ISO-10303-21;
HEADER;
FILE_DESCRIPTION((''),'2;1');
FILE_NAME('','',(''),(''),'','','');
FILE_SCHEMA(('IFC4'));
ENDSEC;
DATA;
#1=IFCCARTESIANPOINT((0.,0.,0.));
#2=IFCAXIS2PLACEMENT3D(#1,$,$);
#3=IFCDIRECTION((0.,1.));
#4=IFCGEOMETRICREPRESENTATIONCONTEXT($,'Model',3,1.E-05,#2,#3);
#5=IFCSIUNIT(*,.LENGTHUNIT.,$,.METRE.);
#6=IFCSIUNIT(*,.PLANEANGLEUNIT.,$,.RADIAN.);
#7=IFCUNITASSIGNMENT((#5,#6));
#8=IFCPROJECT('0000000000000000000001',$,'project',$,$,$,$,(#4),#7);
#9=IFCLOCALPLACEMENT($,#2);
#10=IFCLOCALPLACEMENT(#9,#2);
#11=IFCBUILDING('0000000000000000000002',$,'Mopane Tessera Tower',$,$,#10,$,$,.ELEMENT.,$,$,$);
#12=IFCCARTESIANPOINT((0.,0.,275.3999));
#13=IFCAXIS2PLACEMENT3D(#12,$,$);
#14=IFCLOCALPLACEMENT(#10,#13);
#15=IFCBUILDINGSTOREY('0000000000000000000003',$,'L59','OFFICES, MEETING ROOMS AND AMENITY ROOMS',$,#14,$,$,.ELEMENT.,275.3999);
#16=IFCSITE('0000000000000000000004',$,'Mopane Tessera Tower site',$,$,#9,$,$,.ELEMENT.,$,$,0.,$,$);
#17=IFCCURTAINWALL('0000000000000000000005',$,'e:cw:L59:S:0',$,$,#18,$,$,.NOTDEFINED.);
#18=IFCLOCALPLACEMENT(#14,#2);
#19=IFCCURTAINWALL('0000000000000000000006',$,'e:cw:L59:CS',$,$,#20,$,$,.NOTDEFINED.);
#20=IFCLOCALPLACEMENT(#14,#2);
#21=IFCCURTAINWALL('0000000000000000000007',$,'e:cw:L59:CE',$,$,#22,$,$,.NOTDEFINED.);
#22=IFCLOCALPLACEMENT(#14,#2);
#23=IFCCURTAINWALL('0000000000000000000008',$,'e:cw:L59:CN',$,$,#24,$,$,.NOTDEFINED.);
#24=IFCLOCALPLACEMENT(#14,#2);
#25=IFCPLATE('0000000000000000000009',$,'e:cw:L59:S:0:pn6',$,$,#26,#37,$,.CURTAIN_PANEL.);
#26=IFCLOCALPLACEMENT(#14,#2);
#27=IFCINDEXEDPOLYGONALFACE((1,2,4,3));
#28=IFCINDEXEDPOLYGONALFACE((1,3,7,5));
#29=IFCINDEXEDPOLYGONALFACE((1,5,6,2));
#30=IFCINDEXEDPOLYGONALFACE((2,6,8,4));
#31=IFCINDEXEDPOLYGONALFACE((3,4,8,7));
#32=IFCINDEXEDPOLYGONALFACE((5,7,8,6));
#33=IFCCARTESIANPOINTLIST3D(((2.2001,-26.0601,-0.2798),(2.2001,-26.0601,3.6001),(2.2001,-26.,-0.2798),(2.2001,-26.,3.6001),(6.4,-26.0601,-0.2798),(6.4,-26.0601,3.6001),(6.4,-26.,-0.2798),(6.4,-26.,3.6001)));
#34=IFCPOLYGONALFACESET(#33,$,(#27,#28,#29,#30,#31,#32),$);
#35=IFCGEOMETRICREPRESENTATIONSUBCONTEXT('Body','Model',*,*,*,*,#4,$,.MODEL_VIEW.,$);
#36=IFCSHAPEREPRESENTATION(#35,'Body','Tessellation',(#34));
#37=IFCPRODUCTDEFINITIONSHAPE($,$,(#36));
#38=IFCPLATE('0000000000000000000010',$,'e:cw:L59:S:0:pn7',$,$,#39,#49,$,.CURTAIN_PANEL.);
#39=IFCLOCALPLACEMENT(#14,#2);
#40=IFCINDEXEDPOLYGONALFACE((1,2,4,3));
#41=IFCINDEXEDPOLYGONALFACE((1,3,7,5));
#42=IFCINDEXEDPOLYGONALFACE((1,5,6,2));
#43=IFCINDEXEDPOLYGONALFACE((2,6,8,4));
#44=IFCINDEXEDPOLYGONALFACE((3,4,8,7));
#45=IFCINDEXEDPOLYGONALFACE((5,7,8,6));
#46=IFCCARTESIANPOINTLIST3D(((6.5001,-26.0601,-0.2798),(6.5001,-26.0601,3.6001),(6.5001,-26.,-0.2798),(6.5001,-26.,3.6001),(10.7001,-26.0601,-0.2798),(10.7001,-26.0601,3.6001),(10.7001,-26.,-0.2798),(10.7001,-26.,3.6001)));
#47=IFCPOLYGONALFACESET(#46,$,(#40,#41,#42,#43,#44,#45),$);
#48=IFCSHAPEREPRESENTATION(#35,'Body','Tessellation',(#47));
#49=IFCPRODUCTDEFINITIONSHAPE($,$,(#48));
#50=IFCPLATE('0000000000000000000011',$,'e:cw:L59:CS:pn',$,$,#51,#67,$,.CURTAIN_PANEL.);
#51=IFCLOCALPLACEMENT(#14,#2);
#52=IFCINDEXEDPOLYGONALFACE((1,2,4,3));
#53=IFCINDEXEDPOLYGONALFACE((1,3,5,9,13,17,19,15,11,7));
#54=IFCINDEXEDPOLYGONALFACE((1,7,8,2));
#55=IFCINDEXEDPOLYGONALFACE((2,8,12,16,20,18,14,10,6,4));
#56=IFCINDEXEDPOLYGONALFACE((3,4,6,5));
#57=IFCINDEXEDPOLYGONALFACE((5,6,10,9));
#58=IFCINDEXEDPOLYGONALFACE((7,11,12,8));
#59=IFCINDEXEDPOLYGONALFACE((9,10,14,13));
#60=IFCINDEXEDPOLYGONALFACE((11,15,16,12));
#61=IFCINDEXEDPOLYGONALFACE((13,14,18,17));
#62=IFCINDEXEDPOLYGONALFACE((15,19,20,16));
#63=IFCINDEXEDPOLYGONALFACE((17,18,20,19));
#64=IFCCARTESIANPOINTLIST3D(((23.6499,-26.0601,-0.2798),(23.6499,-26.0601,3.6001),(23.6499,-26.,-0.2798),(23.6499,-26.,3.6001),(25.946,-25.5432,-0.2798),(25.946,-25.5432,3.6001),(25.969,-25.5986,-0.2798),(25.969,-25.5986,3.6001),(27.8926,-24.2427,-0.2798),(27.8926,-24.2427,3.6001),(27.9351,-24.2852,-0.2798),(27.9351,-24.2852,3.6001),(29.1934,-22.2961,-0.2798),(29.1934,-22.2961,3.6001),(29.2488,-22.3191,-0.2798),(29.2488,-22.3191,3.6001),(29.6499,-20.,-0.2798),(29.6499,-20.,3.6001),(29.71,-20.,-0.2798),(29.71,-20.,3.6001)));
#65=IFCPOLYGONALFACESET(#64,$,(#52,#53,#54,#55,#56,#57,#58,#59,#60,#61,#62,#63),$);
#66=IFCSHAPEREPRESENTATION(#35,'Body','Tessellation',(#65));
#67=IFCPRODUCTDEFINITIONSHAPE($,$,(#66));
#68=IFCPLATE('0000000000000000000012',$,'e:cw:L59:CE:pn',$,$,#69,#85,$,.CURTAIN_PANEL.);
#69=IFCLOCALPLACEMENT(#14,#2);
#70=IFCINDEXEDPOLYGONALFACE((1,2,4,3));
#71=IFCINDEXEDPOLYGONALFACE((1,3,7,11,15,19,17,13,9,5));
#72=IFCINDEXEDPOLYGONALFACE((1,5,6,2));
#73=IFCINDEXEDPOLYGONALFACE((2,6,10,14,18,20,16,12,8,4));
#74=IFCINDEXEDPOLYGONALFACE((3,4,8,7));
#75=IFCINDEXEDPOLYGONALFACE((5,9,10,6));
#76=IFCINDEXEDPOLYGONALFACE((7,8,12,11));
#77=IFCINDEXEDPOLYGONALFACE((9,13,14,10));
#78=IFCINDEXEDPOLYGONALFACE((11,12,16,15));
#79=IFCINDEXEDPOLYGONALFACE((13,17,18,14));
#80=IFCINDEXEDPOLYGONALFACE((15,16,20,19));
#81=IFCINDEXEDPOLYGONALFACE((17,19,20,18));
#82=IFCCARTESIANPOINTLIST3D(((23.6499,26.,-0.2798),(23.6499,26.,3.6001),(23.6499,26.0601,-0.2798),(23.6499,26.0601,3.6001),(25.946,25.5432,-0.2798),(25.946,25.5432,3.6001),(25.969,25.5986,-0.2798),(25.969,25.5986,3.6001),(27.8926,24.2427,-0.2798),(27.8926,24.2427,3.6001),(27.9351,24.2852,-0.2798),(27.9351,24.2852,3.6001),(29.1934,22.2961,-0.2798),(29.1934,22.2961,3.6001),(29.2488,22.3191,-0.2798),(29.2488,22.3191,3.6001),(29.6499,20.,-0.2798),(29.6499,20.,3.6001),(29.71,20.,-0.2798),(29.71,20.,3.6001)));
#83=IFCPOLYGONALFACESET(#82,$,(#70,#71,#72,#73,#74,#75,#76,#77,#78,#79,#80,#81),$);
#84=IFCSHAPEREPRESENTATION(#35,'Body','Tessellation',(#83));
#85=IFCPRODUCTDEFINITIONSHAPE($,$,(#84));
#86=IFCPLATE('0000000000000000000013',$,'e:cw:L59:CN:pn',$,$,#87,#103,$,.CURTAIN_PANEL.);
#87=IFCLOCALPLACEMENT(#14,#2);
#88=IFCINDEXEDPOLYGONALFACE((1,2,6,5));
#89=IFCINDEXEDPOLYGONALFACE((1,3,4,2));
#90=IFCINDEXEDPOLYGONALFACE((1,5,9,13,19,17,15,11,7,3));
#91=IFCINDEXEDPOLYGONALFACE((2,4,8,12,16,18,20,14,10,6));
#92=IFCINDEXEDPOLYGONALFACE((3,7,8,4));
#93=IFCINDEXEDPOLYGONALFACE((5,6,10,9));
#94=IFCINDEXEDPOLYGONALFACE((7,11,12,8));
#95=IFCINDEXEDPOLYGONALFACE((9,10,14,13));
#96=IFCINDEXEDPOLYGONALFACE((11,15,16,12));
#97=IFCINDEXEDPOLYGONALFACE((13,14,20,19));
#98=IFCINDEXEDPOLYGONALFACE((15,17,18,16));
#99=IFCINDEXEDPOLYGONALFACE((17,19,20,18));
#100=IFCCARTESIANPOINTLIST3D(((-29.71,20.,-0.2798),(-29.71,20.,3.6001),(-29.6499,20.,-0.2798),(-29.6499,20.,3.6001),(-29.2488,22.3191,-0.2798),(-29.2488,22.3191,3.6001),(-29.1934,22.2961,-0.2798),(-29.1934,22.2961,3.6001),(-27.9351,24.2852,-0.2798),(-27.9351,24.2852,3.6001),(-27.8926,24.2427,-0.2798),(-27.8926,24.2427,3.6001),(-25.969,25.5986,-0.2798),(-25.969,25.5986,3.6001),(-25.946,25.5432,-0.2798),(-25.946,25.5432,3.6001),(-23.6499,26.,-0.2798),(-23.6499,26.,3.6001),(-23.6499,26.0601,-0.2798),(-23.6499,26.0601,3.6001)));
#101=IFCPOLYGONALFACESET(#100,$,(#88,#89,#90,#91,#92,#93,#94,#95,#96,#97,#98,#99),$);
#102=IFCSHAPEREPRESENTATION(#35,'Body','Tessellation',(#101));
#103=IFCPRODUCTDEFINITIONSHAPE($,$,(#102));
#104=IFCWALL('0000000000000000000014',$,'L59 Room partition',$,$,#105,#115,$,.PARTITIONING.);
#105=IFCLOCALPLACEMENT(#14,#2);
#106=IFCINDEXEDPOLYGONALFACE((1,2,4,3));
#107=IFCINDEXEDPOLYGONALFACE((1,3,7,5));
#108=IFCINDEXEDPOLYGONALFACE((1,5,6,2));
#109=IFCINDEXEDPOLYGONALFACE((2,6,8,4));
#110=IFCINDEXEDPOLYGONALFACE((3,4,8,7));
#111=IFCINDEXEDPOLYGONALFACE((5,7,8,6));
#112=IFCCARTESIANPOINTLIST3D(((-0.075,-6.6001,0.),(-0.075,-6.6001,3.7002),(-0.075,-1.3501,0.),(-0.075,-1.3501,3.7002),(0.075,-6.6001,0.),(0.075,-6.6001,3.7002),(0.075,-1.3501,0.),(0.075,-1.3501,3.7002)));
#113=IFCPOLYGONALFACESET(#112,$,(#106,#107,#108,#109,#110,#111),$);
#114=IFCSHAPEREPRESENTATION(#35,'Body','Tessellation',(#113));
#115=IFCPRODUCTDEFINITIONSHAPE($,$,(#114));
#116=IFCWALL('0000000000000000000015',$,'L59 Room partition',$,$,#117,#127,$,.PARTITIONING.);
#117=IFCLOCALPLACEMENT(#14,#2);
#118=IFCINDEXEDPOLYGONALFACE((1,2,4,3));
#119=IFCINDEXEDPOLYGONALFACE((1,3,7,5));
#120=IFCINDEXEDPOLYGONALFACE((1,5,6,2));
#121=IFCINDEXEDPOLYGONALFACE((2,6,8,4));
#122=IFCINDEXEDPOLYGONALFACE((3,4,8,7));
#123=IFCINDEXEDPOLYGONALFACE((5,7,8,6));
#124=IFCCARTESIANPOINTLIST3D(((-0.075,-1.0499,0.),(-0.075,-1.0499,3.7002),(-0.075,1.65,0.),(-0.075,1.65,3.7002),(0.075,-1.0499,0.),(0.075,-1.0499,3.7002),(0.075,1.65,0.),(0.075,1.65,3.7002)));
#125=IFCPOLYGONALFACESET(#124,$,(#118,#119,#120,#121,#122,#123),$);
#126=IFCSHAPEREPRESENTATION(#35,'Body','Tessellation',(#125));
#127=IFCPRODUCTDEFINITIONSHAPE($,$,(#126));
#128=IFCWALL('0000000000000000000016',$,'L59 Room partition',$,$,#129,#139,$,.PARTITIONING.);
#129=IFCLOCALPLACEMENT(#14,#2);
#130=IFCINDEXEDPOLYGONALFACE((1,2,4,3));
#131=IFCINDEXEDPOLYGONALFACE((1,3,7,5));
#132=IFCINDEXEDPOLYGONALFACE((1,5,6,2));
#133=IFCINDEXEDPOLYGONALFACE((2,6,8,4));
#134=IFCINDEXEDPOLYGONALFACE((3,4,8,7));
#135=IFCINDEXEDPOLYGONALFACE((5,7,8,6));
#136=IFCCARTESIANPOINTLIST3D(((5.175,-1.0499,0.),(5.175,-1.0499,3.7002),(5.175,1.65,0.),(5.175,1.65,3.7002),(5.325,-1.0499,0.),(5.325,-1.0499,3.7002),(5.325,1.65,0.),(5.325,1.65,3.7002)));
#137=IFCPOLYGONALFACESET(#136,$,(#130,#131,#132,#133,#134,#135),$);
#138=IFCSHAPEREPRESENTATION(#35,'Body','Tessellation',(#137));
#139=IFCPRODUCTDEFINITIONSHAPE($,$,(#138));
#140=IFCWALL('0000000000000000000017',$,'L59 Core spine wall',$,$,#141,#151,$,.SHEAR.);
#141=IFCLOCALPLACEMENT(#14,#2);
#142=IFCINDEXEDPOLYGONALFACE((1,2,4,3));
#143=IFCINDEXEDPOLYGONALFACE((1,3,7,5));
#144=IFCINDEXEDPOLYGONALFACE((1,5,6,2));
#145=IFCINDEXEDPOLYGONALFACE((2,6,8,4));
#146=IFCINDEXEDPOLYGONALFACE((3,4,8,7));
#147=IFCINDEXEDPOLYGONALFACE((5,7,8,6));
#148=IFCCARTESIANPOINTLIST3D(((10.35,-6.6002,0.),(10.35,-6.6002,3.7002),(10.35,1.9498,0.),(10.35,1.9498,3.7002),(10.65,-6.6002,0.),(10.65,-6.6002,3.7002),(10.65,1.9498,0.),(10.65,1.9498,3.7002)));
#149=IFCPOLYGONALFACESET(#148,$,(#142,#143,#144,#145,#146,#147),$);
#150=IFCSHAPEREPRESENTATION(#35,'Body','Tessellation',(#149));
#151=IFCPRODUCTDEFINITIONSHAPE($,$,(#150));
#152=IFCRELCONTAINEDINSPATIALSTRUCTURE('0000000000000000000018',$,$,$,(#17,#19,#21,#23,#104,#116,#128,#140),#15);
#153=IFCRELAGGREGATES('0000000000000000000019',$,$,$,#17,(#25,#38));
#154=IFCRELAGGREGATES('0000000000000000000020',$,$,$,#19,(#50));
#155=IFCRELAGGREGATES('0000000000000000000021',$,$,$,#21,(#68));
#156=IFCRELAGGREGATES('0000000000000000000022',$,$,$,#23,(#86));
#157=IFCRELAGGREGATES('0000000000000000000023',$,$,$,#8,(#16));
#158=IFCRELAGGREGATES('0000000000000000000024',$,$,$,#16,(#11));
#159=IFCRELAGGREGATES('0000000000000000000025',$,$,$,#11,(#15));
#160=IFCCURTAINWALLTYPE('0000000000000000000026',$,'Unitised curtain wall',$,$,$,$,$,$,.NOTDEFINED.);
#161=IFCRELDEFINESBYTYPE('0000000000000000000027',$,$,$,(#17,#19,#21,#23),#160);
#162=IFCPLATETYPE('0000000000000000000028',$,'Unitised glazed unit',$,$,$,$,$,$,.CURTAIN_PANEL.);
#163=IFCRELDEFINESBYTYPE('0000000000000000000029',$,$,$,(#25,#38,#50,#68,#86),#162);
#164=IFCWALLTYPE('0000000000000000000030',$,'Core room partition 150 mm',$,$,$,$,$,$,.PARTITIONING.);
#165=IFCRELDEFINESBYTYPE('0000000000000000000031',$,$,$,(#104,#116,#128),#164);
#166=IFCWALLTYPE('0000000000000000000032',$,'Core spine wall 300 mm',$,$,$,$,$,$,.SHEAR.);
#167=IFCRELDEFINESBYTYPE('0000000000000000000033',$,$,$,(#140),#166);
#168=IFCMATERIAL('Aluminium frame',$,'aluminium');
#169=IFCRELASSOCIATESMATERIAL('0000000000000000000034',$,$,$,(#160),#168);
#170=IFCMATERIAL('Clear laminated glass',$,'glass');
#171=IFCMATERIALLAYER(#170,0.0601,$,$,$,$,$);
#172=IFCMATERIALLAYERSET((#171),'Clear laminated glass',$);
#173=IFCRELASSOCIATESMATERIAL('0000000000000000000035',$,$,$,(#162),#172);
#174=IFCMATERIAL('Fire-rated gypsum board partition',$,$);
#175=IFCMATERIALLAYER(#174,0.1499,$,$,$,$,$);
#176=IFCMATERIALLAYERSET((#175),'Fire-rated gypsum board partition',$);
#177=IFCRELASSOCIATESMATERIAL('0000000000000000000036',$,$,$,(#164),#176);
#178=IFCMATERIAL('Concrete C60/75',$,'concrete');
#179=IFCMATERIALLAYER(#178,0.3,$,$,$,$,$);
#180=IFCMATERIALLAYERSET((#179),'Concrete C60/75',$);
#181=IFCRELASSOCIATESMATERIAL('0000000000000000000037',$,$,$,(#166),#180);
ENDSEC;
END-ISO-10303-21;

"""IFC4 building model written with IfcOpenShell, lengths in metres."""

from ifc_helpers import new_model, si_unit, direction, frame, frame_2d, origin, origin_2d, place, context, subcontext, project, spatial, polyline, rectangle, outline, extrude, material, layer, layer_set, type_object, element, aggregate, save


model = new_model("IFC4")

# Units and contexts
model_context = context("Model", 3, precision=1e-05, world=origin(), true_north=direction((0.0, 1.0)))
body_context = subcontext(model_context, "Body", "Model", "MODEL_VIEW")
ifc_project = project(units=[si_unit("LENGTHUNIT", "METRE"), si_unit("PLANEANGLEUNIT", "RADIAN")], contexts=[model_context])

# Site, building, storey
site_placement = place(None, origin())
site = spatial("IfcSite", under=ifc_project, at=site_placement, Name="Mopane Tessera Tower site", CompositionType="ELEMENT", RefElevation=0.0)
building_placement = place(site_placement, origin())
building = spatial("IfcBuilding", under=site, at=building_placement, Name="Mopane Tessera Tower", CompositionType="ELEMENT")
storey_placement = place(building_placement, frame((0.0, 0.0, 275.3999)))
storey = spatial("IfcBuildingStorey", under=building, at=storey_placement, Name="L59", Description="OFFICES, MEETING ROOMS AND AMENITY ROOMS", CompositionType="ELEMENT", Elevation=275.3999)

# Curtain wall
ifc_material_1 = material(Name="Aluminium frame", Category="aluminium")
curtain_wall_type = type_object("IfcCurtainWallType", Name="Unitised curtain wall", PredefinedType="NOTDEFINED", material=ifc_material_1)
curtain_wall_1_placement = place(storey_placement, origin())
curtain_wall_1 = element("IfcCurtainWall", 1, at=curtain_wall_1_placement, inside=storey, type_object=curtain_wall_type, Name="e:cw:L59:S:0", PredefinedType="NOTDEFINED")

# Curtain walls
curtain_wall_2_placement = place(storey_placement, origin())
curtain_wall_2 = element("IfcCurtainWall", 2, at=curtain_wall_2_placement, inside=storey, type_object=curtain_wall_type, Name="e:cw:L59:CS", PredefinedType="NOTDEFINED")
curtain_wall_3_placement = place(storey_placement, origin())
curtain_wall_3 = element("IfcCurtainWall", 3, at=curtain_wall_3_placement, inside=storey, type_object=curtain_wall_type, Name="e:cw:L59:CE", PredefinedType="NOTDEFINED")
curtain_wall_4_placement = place(storey_placement, origin())
curtain_wall_4 = element("IfcCurtainWall", 4, at=curtain_wall_4_placement, inside=storey, type_object=curtain_wall_type, Name="e:cw:L59:CN", PredefinedType="NOTDEFINED")

# Plates
ifc_material_2 = material(Name="Clear laminated glass", Category="glass")
ifc_layer_1 = layer(ifc_material_2, 0.0601)
ifc_layer_set_1 = layer_set([ifc_layer_1], Name="Clear laminated glass")
plate_type = type_object("IfcPlateType", Name="Unitised glazed unit", PredefinedType="CURTAIN_PANEL", material=ifc_layer_set_1)
plate_1_placement = place(storey_placement, frame((4.3, -26.03, -0.2798), z_axis=(0.0, 0.0, 1.0), x_axis=(1.0, 0.0, 0.0)))
plate_1 = element("IfcPlate", 5, at=plate_1_placement, type_object=plate_type, Name="e:cw:L59:S:0:pn6", PredefinedType="CURTAIN_PANEL", context=body_context, shape_type="SweptSolid", body=[
    extrude(rectangle(XDim=4.2, YDim=0.0601, at=origin_2d()), origin(), (0.0, 0.0, 1.0), 3.8799),
])
plate_2_placement = place(storey_placement, frame((8.6001, -26.03, -0.2798), z_axis=(0.0, 0.0, 1.0), x_axis=(1.0, 0.0, 0.0)))
plate_2 = element("IfcPlate", 6, at=plate_2_placement, type_object=plate_type, Name="e:cw:L59:S:0:pn7", PredefinedType="CURTAIN_PANEL", context=body_context, shape_type="SweptSolid", body=[
    extrude(rectangle(XDim=4.2, YDim=0.0601, at=origin_2d()), origin(), (0.0, 0.0, 1.0), 3.8799),
])
aggregate(curtain_wall_1, [plate_1, plate_2])
plate_3_placement = place(storey_placement, frame((0.0, 0.0, -0.2798)))
plate_3 = element("IfcPlate", 7, at=plate_3_placement, type_object=plate_type, Name="e:cw:L59:CS:pn", PredefinedType="CURTAIN_PANEL", context=body_context, shape_type="SweptSolid", body=[
    extrude(outline(polyline([(23.6499, -26.0), (25.946, -25.5432), (27.8926, -24.2427), (29.1934, -22.2961), (29.6499, -20.0), (29.71, -20.0), (29.2488, -22.3191), (27.9351, -24.2852), (25.969, -25.5986), (23.6499, -26.0601), (23.6499, -26.0)])), origin(), (0.0, 0.0, 1.0), 3.8799),
])
aggregate(curtain_wall_2, [plate_3])
plate_4_placement = place(storey_placement, frame((0.0, 0.0, -0.2798)))
plate_4 = element("IfcPlate", 8, at=plate_4_placement, type_object=plate_type, Name="e:cw:L59:CE:pn", PredefinedType="CURTAIN_PANEL", context=body_context, shape_type="SweptSolid", body=[
    extrude(outline(polyline([(29.6499, 20.0), (29.1934, 22.2961), (27.8926, 24.2427), (25.946, 25.5432), (23.6499, 26.0), (23.6499, 26.0601), (25.969, 25.5986), (27.9351, 24.2852), (29.2488, 22.3191), (29.71, 20.0), (29.6499, 20.0)])), origin(), (0.0, 0.0, 1.0), 3.8799),
])
aggregate(curtain_wall_3, [plate_4])
plate_5_placement = place(storey_placement, frame((0.0, 0.0, -0.2798)))
plate_5 = element("IfcPlate", 9, at=plate_5_placement, type_object=plate_type, Name="e:cw:L59:CN:pn", PredefinedType="CURTAIN_PANEL", context=body_context, shape_type="SweptSolid", body=[
    extrude(outline(polyline([(-23.6499, 26.0), (-25.946, 25.5432), (-27.8926, 24.2427), (-29.1934, 22.2961), (-29.6499, 20.0), (-29.71, 20.0), (-29.2488, 22.3191), (-27.9351, 24.2852), (-25.969, 25.5986), (-23.6499, 26.0601), (-23.6499, 26.0)])), origin(), (0.0, 0.0, 1.0), 3.8799),
])
aggregate(curtain_wall_4, [plate_5])

# Walls
ifc_material_3 = material(Name="Fire-rated gypsum board partition")
ifc_layer_2 = layer(ifc_material_3, 0.1499)
ifc_layer_set_2 = layer_set([ifc_layer_2], Name="Fire-rated gypsum board partition")
wall_type_1 = type_object("IfcWallType", Name="Core room partition 150 mm", PredefinedType="PARTITIONING", material=ifc_layer_set_2)
wall_1_placement = place(storey_placement, frame((0.0, -6.6001, 0.0), z_axis=(0.0, 0.0, 1.0), x_axis=(0.0, 1.0, 0.0)))
element("IfcWall", 10, at=wall_1_placement, inside=storey, type_object=wall_type_1, Name="L59 Room partition", PredefinedType="PARTITIONING", context=body_context, shape_type="SweptSolid", body=[
    extrude(rectangle(XDim=5.25, YDim=0.1499, at=frame_2d((2.625, 0.0))), origin(), (0.0, 0.0, 1.0), 3.7002),
])
for number, where, z_axis, x_axis, name in (
    (11, (0.0, -1.05, 0.0), (0.0, 0.0, 1.0), (0.0, 1.0, 0.0), "L59 Room partition"),
    (12, (5.25, -1.05, 0.0), (0.0, 0.0, 1.0), (0.0, 1.0, 0.0), "L59 Room partition"),
):
    element("IfcWall", number, at=place(storey_placement, frame(where, z_axis=z_axis, x_axis=x_axis)), inside=storey, type_object=wall_type_1, Name=name, PredefinedType="PARTITIONING", context=body_context, shape_type="SweptSolid", body=[
        extrude(rectangle(XDim=2.7, YDim=0.1499, at=frame_2d((1.3501, 0.0))), origin(), (0.0, 0.0, 1.0), 3.7002),
    ])
ifc_material_4 = material(Name="Concrete C60/75", Category="concrete")
ifc_layer_3 = layer(ifc_material_4, 0.3)
ifc_layer_set_3 = layer_set([ifc_layer_3], Name="Concrete C60/75")
wall_type_2 = type_object("IfcWallType", Name="Core spine wall 300 mm", PredefinedType="SHEAR", material=ifc_layer_set_3)
wall_2_placement = place(storey_placement, frame((10.5, -6.6001, 0.0), z_axis=(0.0, 0.0, 1.0), x_axis=(0.0, 1.0, 0.0)))
element("IfcWall", 13, at=wall_2_placement, inside=storey, type_object=wall_type_2, Name="L59 Core spine wall", PredefinedType="SHEAR", context=body_context, shape_type="SweptSolid", body=[
    extrude(rectangle(XDim=8.55, YDim=0.3, at=frame_2d((4.2749, 0.0))), origin(), (0.0, 0.0, 1.0), 3.7002),
])

save(model, "model.ifc")
